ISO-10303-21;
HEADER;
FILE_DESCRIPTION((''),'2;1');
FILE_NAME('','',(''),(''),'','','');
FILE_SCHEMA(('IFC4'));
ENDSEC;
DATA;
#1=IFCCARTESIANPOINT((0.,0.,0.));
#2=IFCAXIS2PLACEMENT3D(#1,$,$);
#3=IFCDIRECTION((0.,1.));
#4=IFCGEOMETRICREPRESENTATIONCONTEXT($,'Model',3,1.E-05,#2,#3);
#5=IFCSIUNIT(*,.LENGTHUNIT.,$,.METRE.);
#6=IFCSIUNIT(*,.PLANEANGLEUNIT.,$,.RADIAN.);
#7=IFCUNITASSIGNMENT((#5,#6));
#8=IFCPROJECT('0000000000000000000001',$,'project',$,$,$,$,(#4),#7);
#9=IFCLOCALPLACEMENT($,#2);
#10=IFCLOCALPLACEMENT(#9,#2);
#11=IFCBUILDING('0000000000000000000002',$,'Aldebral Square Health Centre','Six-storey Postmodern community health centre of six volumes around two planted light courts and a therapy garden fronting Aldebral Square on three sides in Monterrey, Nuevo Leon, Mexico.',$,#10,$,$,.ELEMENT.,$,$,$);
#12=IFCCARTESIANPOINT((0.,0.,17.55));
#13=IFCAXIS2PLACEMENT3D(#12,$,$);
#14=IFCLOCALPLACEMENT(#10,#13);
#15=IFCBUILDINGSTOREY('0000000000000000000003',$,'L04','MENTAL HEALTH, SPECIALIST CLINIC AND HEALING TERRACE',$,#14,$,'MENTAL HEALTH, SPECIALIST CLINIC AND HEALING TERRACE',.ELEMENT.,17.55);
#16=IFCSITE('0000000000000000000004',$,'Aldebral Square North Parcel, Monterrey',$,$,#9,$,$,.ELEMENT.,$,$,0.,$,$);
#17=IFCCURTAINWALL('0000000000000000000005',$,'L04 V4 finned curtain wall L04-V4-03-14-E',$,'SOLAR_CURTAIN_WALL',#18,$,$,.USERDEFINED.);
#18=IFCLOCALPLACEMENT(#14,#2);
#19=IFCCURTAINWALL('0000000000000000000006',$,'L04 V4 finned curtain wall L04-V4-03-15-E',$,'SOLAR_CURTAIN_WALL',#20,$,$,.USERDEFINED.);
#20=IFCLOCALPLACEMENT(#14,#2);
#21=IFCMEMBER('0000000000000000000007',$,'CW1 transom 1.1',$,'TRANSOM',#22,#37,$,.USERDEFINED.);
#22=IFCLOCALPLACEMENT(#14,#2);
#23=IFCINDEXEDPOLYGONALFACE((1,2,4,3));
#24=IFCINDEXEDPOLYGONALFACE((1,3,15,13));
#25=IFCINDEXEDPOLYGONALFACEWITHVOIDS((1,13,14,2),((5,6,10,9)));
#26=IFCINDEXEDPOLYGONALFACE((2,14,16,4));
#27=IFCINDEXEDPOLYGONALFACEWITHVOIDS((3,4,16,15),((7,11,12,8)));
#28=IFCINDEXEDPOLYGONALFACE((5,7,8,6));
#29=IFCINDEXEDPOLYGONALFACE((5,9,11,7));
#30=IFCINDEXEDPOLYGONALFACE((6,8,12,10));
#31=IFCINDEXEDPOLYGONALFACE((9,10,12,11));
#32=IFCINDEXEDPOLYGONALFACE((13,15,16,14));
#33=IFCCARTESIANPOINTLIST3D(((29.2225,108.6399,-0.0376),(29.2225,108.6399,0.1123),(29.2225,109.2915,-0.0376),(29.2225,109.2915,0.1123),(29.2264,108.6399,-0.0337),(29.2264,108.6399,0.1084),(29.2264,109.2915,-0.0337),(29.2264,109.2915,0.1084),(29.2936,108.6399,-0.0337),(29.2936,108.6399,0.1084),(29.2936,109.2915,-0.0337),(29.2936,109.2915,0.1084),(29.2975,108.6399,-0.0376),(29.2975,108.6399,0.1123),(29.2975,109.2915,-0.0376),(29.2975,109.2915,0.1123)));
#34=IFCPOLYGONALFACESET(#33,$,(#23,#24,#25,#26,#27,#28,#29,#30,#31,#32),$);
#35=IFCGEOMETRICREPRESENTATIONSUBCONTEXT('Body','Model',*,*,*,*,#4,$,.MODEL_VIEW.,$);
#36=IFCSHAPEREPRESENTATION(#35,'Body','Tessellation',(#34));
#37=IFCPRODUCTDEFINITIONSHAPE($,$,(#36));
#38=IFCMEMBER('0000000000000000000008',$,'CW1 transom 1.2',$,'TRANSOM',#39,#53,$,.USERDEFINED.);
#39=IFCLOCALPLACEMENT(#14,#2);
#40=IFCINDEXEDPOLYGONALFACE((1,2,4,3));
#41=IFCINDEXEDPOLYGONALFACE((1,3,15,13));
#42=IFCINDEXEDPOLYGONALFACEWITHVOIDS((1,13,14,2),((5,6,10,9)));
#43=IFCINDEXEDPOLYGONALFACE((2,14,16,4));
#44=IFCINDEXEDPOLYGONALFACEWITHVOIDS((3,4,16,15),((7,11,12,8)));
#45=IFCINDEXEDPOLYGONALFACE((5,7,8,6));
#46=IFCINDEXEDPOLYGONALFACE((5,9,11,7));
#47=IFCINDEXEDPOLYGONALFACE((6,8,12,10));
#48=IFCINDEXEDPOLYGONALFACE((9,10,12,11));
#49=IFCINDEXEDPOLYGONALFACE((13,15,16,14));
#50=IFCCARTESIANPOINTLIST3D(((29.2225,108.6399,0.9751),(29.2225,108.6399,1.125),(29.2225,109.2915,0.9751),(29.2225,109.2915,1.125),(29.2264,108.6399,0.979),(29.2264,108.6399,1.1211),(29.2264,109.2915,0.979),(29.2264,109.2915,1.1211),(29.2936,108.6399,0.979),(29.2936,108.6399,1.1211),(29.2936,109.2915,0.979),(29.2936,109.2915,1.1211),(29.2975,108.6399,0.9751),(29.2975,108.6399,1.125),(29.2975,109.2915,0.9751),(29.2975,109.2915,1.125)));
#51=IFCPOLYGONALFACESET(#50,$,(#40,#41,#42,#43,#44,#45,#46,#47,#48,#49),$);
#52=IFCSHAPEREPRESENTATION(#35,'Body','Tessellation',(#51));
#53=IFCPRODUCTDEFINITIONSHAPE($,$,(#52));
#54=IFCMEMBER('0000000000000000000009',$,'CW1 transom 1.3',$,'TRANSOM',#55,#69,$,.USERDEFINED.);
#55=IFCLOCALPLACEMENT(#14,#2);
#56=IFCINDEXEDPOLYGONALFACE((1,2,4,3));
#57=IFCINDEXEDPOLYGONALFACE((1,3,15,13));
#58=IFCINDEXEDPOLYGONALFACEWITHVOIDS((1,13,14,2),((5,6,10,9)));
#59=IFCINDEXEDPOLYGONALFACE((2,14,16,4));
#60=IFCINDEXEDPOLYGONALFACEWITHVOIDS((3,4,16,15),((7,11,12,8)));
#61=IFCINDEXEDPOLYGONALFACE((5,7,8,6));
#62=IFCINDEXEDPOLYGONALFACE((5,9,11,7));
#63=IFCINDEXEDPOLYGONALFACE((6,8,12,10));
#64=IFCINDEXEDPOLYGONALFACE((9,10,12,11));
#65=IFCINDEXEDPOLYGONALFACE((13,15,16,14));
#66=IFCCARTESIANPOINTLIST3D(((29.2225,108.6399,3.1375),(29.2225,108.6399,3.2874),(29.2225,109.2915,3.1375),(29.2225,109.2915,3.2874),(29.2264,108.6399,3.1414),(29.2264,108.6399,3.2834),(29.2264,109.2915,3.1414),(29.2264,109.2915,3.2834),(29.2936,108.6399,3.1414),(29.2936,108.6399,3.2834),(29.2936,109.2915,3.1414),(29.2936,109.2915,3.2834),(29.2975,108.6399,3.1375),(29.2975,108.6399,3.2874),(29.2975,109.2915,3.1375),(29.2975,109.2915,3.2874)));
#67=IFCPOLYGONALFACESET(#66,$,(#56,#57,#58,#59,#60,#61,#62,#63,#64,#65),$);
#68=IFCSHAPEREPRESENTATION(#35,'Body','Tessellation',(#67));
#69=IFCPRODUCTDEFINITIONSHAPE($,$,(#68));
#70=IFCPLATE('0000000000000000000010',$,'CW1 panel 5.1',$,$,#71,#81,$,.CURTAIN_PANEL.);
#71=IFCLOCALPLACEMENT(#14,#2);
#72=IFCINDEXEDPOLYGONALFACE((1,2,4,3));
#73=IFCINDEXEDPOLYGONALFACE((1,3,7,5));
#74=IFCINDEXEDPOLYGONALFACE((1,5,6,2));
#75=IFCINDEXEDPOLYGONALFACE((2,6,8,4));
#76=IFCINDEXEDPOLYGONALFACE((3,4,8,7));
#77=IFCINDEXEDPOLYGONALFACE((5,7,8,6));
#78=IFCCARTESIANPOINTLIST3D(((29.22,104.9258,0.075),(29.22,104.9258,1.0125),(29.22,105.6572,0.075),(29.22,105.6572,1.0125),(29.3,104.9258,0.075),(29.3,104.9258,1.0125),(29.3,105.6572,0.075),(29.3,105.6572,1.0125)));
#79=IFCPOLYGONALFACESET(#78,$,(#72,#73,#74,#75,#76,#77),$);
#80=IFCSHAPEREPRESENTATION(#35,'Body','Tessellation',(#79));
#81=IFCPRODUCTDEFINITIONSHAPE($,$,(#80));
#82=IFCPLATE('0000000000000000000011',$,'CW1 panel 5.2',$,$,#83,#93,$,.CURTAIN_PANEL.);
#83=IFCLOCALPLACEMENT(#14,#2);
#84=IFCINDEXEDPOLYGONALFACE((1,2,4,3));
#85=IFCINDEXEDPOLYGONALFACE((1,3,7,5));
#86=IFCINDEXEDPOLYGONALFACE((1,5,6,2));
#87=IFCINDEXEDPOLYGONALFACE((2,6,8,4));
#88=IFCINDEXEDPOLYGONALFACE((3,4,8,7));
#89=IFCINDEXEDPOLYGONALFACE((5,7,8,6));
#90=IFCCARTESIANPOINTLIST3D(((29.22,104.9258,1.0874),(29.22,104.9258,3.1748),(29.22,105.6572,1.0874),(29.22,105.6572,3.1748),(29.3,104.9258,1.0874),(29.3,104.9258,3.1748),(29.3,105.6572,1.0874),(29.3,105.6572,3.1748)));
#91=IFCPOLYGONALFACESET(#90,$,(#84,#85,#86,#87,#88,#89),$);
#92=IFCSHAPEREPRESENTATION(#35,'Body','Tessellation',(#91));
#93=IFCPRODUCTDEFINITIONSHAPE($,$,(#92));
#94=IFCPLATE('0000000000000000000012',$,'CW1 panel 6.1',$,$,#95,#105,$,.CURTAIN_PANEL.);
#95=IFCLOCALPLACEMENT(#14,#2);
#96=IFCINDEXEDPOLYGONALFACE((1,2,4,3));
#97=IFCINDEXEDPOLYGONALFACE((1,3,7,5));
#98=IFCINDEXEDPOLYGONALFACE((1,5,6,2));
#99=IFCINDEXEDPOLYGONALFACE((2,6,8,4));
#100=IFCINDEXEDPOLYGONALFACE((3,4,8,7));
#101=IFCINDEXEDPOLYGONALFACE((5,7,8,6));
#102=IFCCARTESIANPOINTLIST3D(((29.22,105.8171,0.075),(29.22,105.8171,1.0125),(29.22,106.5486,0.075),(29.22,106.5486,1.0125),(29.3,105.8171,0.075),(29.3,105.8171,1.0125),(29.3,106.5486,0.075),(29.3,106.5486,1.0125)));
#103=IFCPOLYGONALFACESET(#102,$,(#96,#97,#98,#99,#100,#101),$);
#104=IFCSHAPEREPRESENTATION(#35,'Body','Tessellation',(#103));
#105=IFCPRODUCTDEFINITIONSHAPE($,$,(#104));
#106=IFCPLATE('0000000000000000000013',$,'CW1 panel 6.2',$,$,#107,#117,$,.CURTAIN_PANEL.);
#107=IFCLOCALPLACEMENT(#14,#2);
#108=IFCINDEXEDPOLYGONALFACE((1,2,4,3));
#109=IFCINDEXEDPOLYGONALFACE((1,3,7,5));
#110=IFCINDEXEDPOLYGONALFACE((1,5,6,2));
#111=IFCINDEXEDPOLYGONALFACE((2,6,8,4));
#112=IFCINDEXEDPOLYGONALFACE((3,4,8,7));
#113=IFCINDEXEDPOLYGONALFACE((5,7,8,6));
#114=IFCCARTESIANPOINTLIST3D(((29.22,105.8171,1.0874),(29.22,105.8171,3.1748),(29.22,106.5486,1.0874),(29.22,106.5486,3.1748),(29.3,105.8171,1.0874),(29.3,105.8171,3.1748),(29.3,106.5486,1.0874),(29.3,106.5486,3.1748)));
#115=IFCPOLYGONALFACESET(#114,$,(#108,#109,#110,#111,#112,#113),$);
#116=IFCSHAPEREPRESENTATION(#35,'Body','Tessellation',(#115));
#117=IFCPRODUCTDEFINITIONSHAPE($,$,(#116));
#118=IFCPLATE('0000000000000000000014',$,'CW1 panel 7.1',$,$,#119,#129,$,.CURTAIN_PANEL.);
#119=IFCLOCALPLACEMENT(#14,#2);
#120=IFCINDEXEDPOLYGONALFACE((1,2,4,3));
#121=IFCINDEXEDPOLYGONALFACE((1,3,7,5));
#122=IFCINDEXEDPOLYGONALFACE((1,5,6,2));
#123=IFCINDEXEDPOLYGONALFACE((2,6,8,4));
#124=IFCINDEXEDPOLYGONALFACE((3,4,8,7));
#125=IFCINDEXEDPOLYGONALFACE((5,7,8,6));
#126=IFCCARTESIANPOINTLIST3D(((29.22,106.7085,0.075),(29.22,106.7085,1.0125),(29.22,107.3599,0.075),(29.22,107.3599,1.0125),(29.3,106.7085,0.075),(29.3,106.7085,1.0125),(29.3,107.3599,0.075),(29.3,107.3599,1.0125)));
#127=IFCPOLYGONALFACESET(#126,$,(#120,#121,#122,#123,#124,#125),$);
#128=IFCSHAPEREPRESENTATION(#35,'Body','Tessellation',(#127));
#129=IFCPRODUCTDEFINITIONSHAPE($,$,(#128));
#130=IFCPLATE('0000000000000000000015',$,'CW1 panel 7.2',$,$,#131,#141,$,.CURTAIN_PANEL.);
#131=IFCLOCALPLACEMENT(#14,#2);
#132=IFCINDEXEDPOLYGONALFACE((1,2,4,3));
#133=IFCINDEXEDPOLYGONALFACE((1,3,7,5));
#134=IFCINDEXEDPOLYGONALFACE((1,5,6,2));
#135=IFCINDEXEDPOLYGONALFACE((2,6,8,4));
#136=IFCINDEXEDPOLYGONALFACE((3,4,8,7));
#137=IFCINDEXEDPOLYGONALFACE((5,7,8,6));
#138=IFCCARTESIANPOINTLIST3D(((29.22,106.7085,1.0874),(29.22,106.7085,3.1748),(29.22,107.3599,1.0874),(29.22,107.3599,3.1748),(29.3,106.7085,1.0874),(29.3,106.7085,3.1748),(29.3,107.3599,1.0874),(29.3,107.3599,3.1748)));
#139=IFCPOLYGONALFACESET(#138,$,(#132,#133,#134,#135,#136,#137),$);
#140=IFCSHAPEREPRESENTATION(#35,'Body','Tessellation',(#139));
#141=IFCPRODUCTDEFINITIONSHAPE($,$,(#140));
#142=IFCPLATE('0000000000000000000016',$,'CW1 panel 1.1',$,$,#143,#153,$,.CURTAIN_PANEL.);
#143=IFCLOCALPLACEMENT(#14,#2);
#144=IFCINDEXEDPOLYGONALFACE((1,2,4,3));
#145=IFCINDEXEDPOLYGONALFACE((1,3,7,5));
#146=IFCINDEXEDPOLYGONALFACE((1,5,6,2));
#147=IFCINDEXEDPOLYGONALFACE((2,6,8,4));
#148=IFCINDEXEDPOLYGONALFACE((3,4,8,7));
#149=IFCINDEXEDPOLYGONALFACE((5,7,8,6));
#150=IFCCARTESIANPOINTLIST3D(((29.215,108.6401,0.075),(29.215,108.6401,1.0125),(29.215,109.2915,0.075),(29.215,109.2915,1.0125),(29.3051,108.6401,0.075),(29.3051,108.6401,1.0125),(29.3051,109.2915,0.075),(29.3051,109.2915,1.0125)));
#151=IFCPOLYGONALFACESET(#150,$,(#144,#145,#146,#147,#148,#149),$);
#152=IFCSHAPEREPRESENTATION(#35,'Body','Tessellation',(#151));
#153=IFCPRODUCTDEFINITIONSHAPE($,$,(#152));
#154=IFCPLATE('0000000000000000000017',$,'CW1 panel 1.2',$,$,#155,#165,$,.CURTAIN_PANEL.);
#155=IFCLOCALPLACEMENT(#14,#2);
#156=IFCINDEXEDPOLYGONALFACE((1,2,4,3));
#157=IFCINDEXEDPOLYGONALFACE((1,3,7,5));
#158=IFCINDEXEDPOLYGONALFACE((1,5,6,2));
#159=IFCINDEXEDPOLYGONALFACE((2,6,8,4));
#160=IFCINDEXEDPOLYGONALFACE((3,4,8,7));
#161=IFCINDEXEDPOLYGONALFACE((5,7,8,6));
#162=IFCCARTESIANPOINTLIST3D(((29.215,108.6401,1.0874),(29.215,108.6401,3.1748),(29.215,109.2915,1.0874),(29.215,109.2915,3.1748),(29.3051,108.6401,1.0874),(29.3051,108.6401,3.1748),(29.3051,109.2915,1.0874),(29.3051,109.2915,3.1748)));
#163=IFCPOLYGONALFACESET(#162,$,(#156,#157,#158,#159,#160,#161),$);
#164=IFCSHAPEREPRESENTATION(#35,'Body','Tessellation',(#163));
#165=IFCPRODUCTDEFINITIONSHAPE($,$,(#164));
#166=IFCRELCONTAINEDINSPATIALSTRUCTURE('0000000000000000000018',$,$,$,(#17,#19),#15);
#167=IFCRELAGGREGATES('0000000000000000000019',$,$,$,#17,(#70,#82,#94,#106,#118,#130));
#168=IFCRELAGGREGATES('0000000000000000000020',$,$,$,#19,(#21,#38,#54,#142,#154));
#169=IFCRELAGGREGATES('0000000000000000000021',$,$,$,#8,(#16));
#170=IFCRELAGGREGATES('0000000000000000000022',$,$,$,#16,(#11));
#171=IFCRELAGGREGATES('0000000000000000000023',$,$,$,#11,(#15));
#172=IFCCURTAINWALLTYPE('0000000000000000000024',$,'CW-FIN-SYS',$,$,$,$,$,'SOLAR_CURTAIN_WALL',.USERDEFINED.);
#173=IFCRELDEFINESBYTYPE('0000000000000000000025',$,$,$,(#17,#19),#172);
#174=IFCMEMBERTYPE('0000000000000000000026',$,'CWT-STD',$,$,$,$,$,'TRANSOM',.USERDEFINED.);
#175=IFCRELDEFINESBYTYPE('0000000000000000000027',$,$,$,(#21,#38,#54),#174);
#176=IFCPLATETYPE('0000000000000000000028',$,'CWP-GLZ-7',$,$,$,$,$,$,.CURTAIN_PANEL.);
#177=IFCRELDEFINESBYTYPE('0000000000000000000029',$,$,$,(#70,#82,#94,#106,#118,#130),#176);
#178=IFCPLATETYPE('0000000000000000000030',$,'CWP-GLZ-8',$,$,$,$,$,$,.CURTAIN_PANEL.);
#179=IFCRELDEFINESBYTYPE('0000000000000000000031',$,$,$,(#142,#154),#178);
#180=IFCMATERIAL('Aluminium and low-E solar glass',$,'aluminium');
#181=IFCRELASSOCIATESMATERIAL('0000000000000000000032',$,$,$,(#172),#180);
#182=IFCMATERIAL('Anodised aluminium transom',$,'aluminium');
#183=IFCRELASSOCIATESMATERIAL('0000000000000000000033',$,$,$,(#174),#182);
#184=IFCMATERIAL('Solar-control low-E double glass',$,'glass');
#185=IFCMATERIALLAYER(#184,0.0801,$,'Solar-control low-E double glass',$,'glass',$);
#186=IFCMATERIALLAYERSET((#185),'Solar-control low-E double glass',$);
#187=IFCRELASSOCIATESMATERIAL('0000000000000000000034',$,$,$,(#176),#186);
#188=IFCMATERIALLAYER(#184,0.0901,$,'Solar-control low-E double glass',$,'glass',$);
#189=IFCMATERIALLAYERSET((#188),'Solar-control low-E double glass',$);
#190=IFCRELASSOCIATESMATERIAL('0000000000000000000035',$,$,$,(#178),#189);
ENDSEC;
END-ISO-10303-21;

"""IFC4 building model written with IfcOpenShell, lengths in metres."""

from ifc_helpers import new_model, si_unit, direction, frame, origin, origin_2d, place, context, subcontext, project, spatial, rectangle, hollow_rectangle, extrude, material, layer, layer_set, material_profile, profile_set, type_object, element, aggregate, save


model = new_model("IFC4")

# Units and contexts
model_context = context("Model", 3, precision=1e-05, world=origin(), true_north=direction((0.0, 1.0)))
body_context = subcontext(model_context, "Body", "Model", "MODEL_VIEW")
ifc_project = project(units=[si_unit("LENGTHUNIT", "METRE"), si_unit("PLANEANGLEUNIT", "RADIAN")], contexts=[model_context])

# Site, building, storey
site_placement = place(None, origin())
site = spatial("IfcSite", under=ifc_project, at=site_placement, Name="Aldebral Square North Parcel, Monterrey", CompositionType="ELEMENT", RefElevation=0.0)
building_placement = place(site_placement, origin())
building = spatial("IfcBuilding", under=site, at=building_placement, Name="Aldebral Square Health Centre", Description="Six-storey Postmodern community health centre of six volumes around two planted light courts and a therapy garden fronting Aldebral Square on three sides in Monterrey, Nuevo Leon, Mexico.", CompositionType="ELEMENT")
storey_placement = place(building_placement, frame((0.0, 0.0, 17.55)))
storey = spatial("IfcBuildingStorey", under=building, at=storey_placement, Name="L04", Description="MENTAL HEALTH, SPECIALIST CLINIC AND HEALING TERRACE", LongName="MENTAL HEALTH, SPECIALIST CLINIC AND HEALING TERRACE", CompositionType="ELEMENT", Elevation=17.55)

# Curtain walls
ifc_material_1 = material(Name="Aluminium and low-E solar glass", Category="aluminium")
curtain_wall_type = type_object("IfcCurtainWallType", Name="CW-FIN-SYS", ElementType="SOLAR_CURTAIN_WALL", PredefinedType="USERDEFINED", material=ifc_material_1)
curtain_wall_1_placement = place(storey_placement, origin())
curtain_wall_1 = element("IfcCurtainWall", 1, at=curtain_wall_1_placement, inside=storey, type_object=curtain_wall_type, Name="L04 V4 finned curtain wall L04-V4-03-14-E", ObjectType="SOLAR_CURTAIN_WALL", PredefinedType="USERDEFINED")
curtain_wall_2_placement = place(storey_placement, origin())
curtain_wall_2 = element("IfcCurtainWall", 2, at=curtain_wall_2_placement, inside=storey, type_object=curtain_wall_type, Name="L04 V4 finned curtain wall L04-V4-03-15-E", ObjectType="SOLAR_CURTAIN_WALL", PredefinedType="USERDEFINED")

# Members
ifc_material_2 = material(Name="Anodised aluminium transom", Category="aluminium")
ifc_material_profile_1 = material_profile(ifc_material_2, hollow_rectangle(XDim=0.075, YDim=0.1499, WallThickness=0.0039, at=origin_2d()), Name="CWT 75x150x4")
ifc_profile_set_1 = profile_set([ifc_material_profile_1], Name="Anodised aluminium transom")
member_type_1 = type_object("IfcMemberType", Name="CWT-STD", ElementType="TRANSOM", PredefinedType="USERDEFINED", material=ifc_profile_set_1)
member_1_placement = place(storey_placement, frame((29.26, 108.6399, 0.0374), z_axis=(0.0, 1.0, 0.0), x_axis=(-1.0, 0.0, 0.0)))
member_1 = element("IfcMember", 3, at=member_1_placement, type_object=member_type_1, Name="CW1 transom 1.1", ObjectType="TRANSOM", PredefinedType="USERDEFINED", context=body_context, shape_type="SweptSolid", body=[
    extrude(hollow_rectangle(XDim=0.075, YDim=0.1499, WallThickness=0.0039, at=origin_2d()), origin(), (0.0, 0.0, 1.0), 0.6516),
])
member_2_placement = place(storey_placement, frame((29.26, 108.6399, 1.05), z_axis=(0.0, 1.0, 0.0), x_axis=(-1.0, 0.0, 0.0)))
member_2 = element("IfcMember", 4, at=member_2_placement, type_object=member_type_1, Name="CW1 transom 1.2", ObjectType="TRANSOM", PredefinedType="USERDEFINED", context=body_context, shape_type="SweptSolid", body=[
    extrude(hollow_rectangle(XDim=0.075, YDim=0.1499, WallThickness=0.0039, at=origin_2d()), origin(), (0.0, 0.0, 1.0), 0.6516),
])
member_3_placement = place(storey_placement, frame((29.26, 108.6399, 3.2124), z_axis=(0.0, 1.0, 0.0), x_axis=(-1.0, 0.0, 0.0)))
member_3 = element("IfcMember", 5, at=member_3_placement, type_object=member_type_1, Name="CW1 transom 1.3", ObjectType="TRANSOM", PredefinedType="USERDEFINED", context=body_context, shape_type="SweptSolid", body=[
    extrude(hollow_rectangle(XDim=0.075, YDim=0.1499, WallThickness=0.0039, at=origin_2d()), origin(), (0.0, 0.0, 1.0), 0.6516),
])

# Plates
ifc_material_3 = material(Name="Solar-control low-E double glass", Category="glass")
ifc_layer_1 = layer(ifc_material_3, 0.0801, Name="Solar-control low-E double glass", Category="glass")
ifc_layer_set_1 = layer_set([ifc_layer_1], Name="Solar-control low-E double glass")
plate_type_1 = type_object("IfcPlateType", Name="CWP-GLZ-7", PredefinedType="CURTAIN_PANEL", material=ifc_layer_set_1)
plate_1_placement = place(storey_placement, frame((29.26, 105.2915, 0.075), z_axis=(0.0, 0.0, 1.0), x_axis=(0.0, 1.0, 0.0)))
plate_1 = element("IfcPlate", 6, at=plate_1_placement, type_object=plate_type_1, Name="CW1 panel 5.1", PredefinedType="CURTAIN_PANEL", context=body_context, shape_type="SweptSolid", body=[
    extrude(rectangle(XDim=0.7314, YDim=0.0801, at=origin_2d()), origin(), (0.0, 0.0, 1.0), 0.9375),
])
plate_2_placement = place(storey_placement, frame((29.26, 105.2915, 1.0874), z_axis=(0.0, 0.0, 1.0), x_axis=(0.0, 1.0, 0.0)))
plate_2 = element("IfcPlate", 7, at=plate_2_placement, type_object=plate_type_1, Name="CW1 panel 5.2", PredefinedType="CURTAIN_PANEL", context=body_context, shape_type="SweptSolid", body=[
    extrude(rectangle(XDim=0.7314, YDim=0.0801, at=origin_2d()), origin(), (0.0, 0.0, 1.0), 2.0874),
])
plate_3_placement = place(storey_placement, frame((29.26, 106.1829, 0.075), z_axis=(0.0, 0.0, 1.0), x_axis=(0.0, 1.0, 0.0)))
plate_3 = element("IfcPlate", 8, at=plate_3_placement, type_object=plate_type_1, Name="CW1 panel 6.1", PredefinedType="CURTAIN_PANEL", context=body_context, shape_type="SweptSolid", body=[
    extrude(rectangle(XDim=0.7314, YDim=0.0801, at=origin_2d()), origin(), (0.0, 0.0, 1.0), 0.9375),
])
plate_4_placement = place(storey_placement, frame((29.26, 106.1829, 1.0874), z_axis=(0.0, 0.0, 1.0), x_axis=(0.0, 1.0, 0.0)))
plate_4 = element("IfcPlate", 9, at=plate_4_placement, type_object=plate_type_1, Name="CW1 panel 6.2", PredefinedType="CURTAIN_PANEL", context=body_context, shape_type="SweptSolid", body=[
    extrude(rectangle(XDim=0.7314, YDim=0.0801, at=origin_2d()), origin(), (0.0, 0.0, 1.0), 2.0874),
])
plate_5_placement = place(storey_placement, frame((29.26, 107.0342, 0.075), z_axis=(0.0, 0.0, 1.0), x_axis=(0.0, 1.0, 0.0)))
plate_5 = element("IfcPlate", 10, at=plate_5_placement, type_object=plate_type_1, Name="CW1 panel 7.1", PredefinedType="CURTAIN_PANEL", context=body_context, shape_type="SweptSolid", body=[
    extrude(rectangle(XDim=0.6514, YDim=0.0801, at=origin_2d()), origin(), (0.0, 0.0, 1.0), 0.9375),
])
plate_6_placement = place(storey_placement, frame((29.26, 107.0342, 1.0874), z_axis=(0.0, 0.0, 1.0), x_axis=(0.0, 1.0, 0.0)))
plate_6 = element("IfcPlate", 11, at=plate_6_placement, type_object=plate_type_1, Name="CW1 panel 7.2", PredefinedType="CURTAIN_PANEL", context=body_context, shape_type="SweptSolid", body=[
    extrude(rectangle(XDim=0.6514, YDim=0.0801, at=origin_2d()), origin(), (0.0, 0.0, 1.0), 2.0874),
])
aggregate(curtain_wall_1, [plate_1, plate_2, plate_3, plate_4, plate_5, plate_6])
ifc_layer_2 = layer(ifc_material_3, 0.0901, Name="Solar-control low-E double glass", Category="glass")
ifc_layer_set_2 = layer_set([ifc_layer_2], Name="Solar-control low-E double glass")
plate_type_2 = type_object("IfcPlateType", Name="CWP-GLZ-8", PredefinedType="CURTAIN_PANEL", material=ifc_layer_set_2)
plate_7_placement = place(storey_placement, frame((29.26, 108.9658, 0.075), z_axis=(0.0, 0.0, 1.0), x_axis=(0.0, 1.0, 0.0)))
plate_7 = element("IfcPlate", 12, at=plate_7_placement, type_object=plate_type_2, Name="CW1 panel 1.1", PredefinedType="CURTAIN_PANEL", context=body_context, shape_type="SweptSolid", body=[
    extrude(rectangle(XDim=0.6514, YDim=0.0901, at=origin_2d()), origin(), (0.0, 0.0, 1.0), 0.9375),
])
plate_8_placement = place(storey_placement, frame((29.26, 108.9658, 1.0874), z_axis=(0.0, 0.0, 1.0), x_axis=(0.0, 1.0, 0.0)))
plate_8 = element("IfcPlate", 13, at=plate_8_placement, type_object=plate_type_2, Name="CW1 panel 1.2", PredefinedType="CURTAIN_PANEL", context=body_context, shape_type="SweptSolid", body=[
    extrude(rectangle(XDim=0.6514, YDim=0.0901, at=origin_2d()), origin(), (0.0, 0.0, 1.0), 2.0874),
])
aggregate(curtain_wall_2, [member_1, member_2, member_3, plate_7, plate_8])

save(model, "model.ifc")
